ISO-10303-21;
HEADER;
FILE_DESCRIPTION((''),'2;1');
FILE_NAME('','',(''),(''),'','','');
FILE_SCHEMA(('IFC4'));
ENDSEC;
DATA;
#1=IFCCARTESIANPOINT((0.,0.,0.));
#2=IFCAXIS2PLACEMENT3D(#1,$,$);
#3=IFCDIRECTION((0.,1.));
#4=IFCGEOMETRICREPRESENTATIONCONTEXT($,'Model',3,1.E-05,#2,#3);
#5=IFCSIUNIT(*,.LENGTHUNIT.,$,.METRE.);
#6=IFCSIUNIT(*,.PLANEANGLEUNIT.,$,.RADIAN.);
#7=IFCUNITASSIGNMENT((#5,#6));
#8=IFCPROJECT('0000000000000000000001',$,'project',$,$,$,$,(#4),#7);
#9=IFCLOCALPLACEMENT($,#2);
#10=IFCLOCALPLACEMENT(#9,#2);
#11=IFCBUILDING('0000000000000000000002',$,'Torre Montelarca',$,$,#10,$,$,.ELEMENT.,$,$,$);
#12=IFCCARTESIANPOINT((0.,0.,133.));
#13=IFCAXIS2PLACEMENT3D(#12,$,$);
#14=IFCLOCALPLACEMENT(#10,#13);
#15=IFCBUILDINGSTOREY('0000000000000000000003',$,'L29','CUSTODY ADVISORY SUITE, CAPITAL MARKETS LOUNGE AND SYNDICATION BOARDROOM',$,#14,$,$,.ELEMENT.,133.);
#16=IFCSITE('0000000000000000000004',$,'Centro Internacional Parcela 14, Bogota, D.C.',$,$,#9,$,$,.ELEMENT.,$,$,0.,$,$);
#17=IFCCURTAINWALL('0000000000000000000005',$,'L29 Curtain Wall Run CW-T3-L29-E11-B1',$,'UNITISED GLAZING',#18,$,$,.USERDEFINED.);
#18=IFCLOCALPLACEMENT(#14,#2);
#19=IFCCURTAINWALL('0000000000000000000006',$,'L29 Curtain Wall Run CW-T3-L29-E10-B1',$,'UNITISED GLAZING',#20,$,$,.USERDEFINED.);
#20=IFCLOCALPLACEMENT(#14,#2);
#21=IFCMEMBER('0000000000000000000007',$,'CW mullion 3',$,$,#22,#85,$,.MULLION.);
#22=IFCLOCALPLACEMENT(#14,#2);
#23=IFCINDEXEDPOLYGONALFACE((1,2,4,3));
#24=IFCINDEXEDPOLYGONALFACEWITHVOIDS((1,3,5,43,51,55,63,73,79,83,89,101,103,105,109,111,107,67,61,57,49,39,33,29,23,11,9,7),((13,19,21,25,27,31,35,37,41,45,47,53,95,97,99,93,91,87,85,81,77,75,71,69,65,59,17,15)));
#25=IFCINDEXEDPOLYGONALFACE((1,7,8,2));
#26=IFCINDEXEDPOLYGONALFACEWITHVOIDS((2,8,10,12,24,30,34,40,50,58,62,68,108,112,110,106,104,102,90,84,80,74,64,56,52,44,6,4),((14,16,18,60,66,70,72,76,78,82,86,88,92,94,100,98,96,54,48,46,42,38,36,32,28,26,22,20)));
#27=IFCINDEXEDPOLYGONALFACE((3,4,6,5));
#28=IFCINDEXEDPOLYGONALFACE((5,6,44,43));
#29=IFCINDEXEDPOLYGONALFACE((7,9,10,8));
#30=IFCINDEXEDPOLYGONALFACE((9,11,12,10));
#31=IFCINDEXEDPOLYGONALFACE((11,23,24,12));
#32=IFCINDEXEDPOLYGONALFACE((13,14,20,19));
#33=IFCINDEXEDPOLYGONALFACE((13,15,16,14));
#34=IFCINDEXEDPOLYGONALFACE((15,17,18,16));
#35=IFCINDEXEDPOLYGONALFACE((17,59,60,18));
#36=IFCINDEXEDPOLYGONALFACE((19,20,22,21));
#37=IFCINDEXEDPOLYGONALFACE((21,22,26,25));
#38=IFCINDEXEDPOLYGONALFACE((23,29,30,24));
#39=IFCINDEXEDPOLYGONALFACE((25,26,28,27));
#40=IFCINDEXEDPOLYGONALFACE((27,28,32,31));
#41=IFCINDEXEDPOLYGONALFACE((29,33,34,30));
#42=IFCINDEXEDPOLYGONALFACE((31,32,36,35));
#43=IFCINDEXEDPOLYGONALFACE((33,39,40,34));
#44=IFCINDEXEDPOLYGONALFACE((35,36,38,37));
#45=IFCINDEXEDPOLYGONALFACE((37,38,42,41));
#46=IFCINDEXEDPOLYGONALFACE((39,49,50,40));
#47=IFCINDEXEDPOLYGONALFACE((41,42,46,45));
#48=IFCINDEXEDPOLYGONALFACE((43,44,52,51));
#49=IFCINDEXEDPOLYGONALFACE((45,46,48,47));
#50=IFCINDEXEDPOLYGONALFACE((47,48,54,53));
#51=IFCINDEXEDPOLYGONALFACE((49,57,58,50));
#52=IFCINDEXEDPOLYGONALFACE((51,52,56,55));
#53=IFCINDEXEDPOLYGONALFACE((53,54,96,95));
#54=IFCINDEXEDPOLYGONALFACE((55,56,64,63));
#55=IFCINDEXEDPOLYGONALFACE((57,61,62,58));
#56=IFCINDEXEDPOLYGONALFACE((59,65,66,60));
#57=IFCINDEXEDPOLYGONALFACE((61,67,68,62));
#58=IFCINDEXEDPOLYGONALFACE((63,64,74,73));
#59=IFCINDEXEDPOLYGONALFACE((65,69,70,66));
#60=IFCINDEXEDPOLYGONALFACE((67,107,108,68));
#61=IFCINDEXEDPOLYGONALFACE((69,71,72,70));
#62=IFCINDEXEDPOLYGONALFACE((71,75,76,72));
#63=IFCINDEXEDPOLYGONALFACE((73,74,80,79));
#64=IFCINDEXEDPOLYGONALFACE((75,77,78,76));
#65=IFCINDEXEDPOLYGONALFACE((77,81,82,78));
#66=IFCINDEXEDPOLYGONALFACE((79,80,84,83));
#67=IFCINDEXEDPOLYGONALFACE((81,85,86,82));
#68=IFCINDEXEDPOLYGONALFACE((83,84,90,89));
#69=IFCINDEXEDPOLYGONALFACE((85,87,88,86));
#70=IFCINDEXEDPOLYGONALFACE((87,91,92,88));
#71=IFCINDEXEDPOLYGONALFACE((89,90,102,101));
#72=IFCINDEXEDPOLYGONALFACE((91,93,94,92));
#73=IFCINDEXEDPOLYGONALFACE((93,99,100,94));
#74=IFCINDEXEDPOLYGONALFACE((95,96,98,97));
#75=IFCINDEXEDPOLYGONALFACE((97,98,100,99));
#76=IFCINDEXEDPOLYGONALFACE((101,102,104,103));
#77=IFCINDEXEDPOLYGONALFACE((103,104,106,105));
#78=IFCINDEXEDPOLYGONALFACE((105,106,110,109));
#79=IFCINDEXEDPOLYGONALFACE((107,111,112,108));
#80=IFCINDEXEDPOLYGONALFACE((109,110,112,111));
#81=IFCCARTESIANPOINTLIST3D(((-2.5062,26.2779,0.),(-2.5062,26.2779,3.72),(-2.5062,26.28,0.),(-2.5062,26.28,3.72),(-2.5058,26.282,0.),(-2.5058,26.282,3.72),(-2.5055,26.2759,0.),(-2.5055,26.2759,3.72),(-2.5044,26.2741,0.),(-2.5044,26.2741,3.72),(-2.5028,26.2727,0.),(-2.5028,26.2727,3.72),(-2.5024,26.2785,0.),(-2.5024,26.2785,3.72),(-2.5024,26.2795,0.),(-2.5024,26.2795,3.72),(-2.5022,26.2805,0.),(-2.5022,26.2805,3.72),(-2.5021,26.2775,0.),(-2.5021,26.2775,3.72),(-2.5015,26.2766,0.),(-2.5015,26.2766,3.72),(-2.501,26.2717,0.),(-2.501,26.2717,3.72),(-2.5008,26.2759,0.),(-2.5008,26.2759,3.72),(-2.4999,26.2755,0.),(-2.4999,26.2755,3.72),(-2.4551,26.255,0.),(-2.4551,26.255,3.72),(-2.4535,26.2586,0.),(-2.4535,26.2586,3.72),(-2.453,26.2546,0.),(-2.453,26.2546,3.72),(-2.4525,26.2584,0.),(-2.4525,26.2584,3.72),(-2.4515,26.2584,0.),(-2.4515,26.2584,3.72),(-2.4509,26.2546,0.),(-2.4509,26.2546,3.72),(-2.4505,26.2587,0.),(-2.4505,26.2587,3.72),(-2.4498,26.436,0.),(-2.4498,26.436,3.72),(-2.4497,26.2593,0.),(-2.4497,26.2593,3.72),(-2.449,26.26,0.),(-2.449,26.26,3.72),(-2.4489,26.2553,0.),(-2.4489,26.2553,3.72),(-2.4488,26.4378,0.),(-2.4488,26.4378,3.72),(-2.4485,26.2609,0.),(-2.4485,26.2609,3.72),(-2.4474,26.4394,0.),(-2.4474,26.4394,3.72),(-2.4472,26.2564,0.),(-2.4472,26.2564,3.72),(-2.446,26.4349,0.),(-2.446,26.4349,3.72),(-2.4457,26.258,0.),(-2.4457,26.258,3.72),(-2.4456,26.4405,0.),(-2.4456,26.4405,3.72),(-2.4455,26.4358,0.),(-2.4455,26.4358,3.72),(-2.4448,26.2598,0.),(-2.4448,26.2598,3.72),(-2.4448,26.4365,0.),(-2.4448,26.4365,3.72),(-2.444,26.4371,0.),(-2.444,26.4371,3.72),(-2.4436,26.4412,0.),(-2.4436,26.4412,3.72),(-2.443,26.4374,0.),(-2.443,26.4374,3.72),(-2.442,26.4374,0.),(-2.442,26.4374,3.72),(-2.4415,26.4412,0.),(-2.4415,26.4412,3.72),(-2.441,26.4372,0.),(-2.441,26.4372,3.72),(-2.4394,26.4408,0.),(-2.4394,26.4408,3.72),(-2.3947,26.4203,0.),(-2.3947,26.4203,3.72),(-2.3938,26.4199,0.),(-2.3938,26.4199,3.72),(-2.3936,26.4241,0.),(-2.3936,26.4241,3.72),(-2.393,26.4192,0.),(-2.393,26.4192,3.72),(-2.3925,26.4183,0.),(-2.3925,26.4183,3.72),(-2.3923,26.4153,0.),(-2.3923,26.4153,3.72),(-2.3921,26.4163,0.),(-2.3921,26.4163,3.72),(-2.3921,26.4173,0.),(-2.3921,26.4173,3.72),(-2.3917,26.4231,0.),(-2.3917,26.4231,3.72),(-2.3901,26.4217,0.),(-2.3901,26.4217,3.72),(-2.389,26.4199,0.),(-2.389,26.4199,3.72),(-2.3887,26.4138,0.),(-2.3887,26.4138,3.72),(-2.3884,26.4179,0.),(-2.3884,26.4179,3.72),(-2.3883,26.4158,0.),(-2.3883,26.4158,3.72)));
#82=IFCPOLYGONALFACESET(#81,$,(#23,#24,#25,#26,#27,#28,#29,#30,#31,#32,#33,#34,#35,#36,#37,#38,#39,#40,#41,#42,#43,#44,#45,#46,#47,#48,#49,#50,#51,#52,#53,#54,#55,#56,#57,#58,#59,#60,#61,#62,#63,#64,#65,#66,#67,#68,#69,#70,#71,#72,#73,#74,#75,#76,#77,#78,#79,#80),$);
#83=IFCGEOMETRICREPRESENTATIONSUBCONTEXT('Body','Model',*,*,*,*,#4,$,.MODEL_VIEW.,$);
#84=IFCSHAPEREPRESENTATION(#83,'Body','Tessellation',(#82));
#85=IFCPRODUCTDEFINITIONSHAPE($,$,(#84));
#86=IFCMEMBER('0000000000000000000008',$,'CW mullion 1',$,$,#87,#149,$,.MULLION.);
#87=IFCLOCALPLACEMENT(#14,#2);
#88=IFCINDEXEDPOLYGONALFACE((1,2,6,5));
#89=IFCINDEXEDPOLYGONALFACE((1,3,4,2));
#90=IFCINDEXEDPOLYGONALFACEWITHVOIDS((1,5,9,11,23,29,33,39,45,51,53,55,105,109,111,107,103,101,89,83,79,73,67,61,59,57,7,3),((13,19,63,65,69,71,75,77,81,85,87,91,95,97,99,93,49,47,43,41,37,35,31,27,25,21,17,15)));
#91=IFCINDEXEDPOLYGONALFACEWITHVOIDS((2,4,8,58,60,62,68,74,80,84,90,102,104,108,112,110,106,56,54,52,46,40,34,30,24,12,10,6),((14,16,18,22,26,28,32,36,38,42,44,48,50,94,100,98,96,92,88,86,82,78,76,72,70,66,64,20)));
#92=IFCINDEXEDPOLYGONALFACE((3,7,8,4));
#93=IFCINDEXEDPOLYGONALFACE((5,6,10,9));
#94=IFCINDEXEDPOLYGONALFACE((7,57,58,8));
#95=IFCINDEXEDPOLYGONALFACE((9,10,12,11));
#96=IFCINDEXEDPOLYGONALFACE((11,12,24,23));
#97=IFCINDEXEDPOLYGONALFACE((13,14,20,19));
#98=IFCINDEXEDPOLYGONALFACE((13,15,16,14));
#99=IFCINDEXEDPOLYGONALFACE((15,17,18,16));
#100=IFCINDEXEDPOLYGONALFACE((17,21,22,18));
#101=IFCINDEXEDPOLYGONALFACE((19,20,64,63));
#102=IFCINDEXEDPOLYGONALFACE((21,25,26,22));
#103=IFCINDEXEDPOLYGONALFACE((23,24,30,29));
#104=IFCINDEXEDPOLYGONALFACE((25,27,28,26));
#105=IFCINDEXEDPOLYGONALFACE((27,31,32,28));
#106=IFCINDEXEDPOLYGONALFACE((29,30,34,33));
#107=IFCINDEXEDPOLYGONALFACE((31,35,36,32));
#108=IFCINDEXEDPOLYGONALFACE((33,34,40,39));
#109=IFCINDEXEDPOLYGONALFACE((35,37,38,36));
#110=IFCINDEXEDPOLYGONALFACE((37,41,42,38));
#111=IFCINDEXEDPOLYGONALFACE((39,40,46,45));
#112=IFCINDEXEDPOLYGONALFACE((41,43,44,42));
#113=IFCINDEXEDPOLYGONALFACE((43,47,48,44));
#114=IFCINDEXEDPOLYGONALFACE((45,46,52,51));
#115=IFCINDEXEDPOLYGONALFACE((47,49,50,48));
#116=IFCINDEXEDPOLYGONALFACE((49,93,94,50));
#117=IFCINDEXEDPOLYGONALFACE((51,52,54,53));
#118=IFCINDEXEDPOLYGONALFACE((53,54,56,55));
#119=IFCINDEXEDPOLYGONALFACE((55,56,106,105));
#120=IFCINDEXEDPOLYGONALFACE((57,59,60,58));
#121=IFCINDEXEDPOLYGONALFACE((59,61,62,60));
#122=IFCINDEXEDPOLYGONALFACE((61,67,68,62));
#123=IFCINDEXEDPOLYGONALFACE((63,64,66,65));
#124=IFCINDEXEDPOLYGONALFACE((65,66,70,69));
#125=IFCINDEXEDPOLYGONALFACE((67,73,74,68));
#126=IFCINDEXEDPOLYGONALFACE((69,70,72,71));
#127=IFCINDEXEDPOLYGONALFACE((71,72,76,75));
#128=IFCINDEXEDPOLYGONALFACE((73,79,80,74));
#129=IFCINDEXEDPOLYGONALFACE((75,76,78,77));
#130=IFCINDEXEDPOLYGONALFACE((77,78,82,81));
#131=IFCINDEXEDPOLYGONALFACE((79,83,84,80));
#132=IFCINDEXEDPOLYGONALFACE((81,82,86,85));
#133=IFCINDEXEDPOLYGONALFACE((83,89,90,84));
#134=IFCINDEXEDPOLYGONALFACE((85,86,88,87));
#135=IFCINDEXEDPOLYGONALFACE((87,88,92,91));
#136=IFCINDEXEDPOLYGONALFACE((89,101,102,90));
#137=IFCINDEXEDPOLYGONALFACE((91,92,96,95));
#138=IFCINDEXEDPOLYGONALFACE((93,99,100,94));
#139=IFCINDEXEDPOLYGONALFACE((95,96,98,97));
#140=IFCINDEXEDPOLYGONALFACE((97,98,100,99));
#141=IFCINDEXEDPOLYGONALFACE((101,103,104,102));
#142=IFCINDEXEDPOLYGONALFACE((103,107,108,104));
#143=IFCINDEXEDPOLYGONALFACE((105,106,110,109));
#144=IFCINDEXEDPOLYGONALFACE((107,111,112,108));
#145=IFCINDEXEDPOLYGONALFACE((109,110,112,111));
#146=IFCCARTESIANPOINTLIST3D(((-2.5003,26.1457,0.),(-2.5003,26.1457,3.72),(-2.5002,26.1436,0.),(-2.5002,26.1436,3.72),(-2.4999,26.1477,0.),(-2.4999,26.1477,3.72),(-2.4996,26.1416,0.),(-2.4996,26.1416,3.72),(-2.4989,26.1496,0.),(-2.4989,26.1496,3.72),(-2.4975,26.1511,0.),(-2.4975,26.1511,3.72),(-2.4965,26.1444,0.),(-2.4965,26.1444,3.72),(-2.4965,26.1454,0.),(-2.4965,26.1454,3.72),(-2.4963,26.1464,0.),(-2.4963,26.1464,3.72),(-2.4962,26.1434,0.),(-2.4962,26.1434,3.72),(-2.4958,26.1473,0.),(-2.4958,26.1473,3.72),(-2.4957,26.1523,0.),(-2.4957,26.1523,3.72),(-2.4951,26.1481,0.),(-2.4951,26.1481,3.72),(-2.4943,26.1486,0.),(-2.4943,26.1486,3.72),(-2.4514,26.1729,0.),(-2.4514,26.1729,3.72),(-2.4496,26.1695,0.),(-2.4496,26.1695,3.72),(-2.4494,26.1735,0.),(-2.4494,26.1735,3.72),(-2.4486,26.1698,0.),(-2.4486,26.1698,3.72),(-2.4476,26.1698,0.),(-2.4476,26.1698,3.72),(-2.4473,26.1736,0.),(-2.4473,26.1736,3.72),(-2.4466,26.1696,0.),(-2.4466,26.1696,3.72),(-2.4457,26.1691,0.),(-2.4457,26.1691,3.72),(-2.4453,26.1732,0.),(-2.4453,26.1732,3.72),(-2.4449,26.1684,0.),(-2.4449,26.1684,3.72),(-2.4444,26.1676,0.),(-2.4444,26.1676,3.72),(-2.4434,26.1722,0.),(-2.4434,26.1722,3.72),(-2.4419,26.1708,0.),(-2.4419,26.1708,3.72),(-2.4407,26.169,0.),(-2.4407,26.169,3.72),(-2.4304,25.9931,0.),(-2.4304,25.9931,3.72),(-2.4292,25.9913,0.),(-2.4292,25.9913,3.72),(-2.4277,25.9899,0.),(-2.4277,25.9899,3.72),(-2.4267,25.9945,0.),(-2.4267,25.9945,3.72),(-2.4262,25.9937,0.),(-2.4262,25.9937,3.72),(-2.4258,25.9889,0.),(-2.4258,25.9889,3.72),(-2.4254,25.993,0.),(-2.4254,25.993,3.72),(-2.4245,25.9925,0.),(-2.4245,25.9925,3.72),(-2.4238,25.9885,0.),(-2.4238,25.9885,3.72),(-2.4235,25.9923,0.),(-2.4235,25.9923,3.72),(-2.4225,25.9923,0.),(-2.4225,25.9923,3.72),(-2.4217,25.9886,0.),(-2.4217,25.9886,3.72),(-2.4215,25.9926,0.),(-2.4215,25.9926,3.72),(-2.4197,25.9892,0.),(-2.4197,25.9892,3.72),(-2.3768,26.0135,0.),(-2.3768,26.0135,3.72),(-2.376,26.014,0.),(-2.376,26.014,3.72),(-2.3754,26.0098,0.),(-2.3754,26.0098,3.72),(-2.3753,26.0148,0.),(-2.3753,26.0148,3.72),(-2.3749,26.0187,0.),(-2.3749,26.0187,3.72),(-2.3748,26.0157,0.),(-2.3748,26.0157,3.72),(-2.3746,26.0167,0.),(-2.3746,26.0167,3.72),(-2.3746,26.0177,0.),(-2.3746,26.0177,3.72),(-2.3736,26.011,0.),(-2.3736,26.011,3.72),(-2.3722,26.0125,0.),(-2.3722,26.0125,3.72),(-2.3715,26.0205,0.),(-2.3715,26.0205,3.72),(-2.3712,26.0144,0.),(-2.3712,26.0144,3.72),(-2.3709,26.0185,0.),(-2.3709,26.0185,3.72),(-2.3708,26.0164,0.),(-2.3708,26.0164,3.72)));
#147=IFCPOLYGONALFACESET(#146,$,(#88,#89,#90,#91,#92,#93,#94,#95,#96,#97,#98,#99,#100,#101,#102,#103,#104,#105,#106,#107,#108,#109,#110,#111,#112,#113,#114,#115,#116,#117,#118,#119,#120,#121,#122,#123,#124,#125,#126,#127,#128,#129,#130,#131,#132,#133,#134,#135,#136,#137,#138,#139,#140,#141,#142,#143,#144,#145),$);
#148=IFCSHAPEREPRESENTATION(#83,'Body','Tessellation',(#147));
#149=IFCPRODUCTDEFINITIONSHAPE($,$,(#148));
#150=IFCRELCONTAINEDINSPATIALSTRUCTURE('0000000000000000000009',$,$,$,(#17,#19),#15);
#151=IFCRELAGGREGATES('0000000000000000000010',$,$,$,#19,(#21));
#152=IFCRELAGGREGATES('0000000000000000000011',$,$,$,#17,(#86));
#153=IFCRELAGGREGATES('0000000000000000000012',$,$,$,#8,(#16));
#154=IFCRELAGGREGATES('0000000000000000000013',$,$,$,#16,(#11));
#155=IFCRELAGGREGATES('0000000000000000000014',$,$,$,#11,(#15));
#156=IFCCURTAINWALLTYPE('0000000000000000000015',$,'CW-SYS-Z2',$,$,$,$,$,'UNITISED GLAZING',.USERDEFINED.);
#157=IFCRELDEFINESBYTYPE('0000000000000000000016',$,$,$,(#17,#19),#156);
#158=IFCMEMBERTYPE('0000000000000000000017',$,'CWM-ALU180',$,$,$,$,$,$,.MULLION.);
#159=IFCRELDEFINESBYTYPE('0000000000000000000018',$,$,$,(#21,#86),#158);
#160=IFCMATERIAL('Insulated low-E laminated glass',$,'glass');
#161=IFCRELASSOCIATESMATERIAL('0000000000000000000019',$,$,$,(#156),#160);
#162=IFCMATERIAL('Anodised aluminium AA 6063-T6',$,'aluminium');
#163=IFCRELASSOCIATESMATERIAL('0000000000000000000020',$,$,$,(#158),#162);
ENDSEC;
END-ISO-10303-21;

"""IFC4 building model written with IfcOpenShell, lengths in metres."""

from ifc_helpers import new_model, si_unit, direction, frame, origin, origin_2d, place, context, subcontext, project, spatial, hollow_rectangle, extrude, source, transform, mapped, material, material_profile, profile_set, type_object, element, aggregate, save


model = new_model("IFC4")

# Units and contexts
model_context = context("Model", 3, precision=1e-05, world=origin(), true_north=direction((0.0, 1.0)))
body_context = subcontext(model_context, "Body", "Model", "MODEL_VIEW")
ifc_project = project(units=[si_unit("LENGTHUNIT", "METRE"), si_unit("PLANEANGLEUNIT", "RADIAN")], contexts=[model_context])

# Site, building, storey
site_placement = place(None, origin())
site = spatial("IfcSite", under=ifc_project, at=site_placement, Name="Centro Internacional Parcela 14, Bogota, D.C.", CompositionType="ELEMENT", RefElevation=0.0)
building_placement = place(site_placement, origin())
building = spatial("IfcBuilding", under=site, at=building_placement, Name="Torre Montelarca", CompositionType="ELEMENT")
storey_placement = place(building_placement, frame((0.0, 0.0, 133.0)))
storey = spatial("IfcBuildingStorey", under=building, at=storey_placement, Name="L29", Description="CUSTODY ADVISORY SUITE, CAPITAL MARKETS LOUNGE AND SYNDICATION BOARDROOM", CompositionType="ELEMENT", Elevation=133.0)

# Curtain wall
ifc_material_1 = material(Name="Insulated low-E laminated glass", Category="glass")
curtain_wall_type = type_object("IfcCurtainWallType", Name="CW-SYS-Z2", ElementType="UNITISED GLAZING", PredefinedType="USERDEFINED", material=ifc_material_1)
curtain_wall_1_placement = place(storey_placement, origin())
curtain_wall_1 = element("IfcCurtainWall", 1, at=curtain_wall_1_placement, inside=storey, type_object=curtain_wall_type, Name="L29 Curtain Wall Run CW-T3-L29-E11-B1", ObjectType="UNITISED GLAZING", PredefinedType="USERDEFINED")
ifc_material_2 = material(Name="Anodised aluminium AA 6063-T6", Category="aluminium")

# Curtain wall, member
curtain_wall_2_placement = place(storey_placement, origin())
curtain_wall_2 = element("IfcCurtainWall", 2, at=curtain_wall_2_placement, inside=storey, type_object=curtain_wall_type, Name="L29 Curtain Wall Run CW-T3-L29-E10-B1", ObjectType="UNITISED GLAZING", PredefinedType="USERDEFINED")
ifc_material_profile_1 = material_profile(ifc_material_2, hollow_rectangle(XDim=0.0649, YDim=0.1799, WallThickness=0.0039, InnerFilletRadius=0.0039, OuterFilletRadius=0.0081, at=origin_2d()), Name="ALU65X180X4", Category="aluminium")
ifc_profile_set_1 = profile_set([ifc_material_profile_1], Name="Anodised aluminium AA 6063-T6")
member_type_1 = type_object("IfcMemberType", Name="CWM-ALU180", PredefinedType="MULLION", material=ifc_profile_set_1)
shared_shape_1 = source(origin(), body_context, "Body", "SweptSolid", [
    extrude(hollow_rectangle(XDim=0.0649, YDim=0.1799, WallThickness=0.0039, InnerFilletRadius=0.0039, OuterFilletRadius=0.0081, at=origin_2d()), origin(), (0.0, 0.0, 1.0), 3.72),
])
member_1_placement = place(storey_placement, frame((-2.4473, 26.3479, 0.0), z_axis=(0.0, 0.0, 1.0), x_axis=(0.939693, -0.342019, 0.0)))
member_1 = element("IfcMember", 3, at=member_1_placement, type_object=member_type_1, Name="CW mullion 3", PredefinedType="MULLION", context=body_context, shape_type="MappedRepresentation", body=[
    mapped(shared_shape_1, transform((0.0, 0.0, 0.0), scale=1.0)),
])
aggregate(curtain_wall_2, [member_1])

# Member
member_2_placement = place(storey_placement, frame((-2.4355, 26.0811, 0.0), z_axis=(0.0, 0.0, 1.0), x_axis=(0.906317, 0.422598, 0.0)))
member_2 = element("IfcMember", 4, at=member_2_placement, type_object=member_type_1, Name="CW mullion 1", PredefinedType="MULLION", context=body_context, shape_type="MappedRepresentation", body=[
    mapped(shared_shape_1, transform((0.0, 0.0, 0.0), scale=1.0)),
])

aggregate(curtain_wall_1, [member_2])

save(model, "model.ifc")
